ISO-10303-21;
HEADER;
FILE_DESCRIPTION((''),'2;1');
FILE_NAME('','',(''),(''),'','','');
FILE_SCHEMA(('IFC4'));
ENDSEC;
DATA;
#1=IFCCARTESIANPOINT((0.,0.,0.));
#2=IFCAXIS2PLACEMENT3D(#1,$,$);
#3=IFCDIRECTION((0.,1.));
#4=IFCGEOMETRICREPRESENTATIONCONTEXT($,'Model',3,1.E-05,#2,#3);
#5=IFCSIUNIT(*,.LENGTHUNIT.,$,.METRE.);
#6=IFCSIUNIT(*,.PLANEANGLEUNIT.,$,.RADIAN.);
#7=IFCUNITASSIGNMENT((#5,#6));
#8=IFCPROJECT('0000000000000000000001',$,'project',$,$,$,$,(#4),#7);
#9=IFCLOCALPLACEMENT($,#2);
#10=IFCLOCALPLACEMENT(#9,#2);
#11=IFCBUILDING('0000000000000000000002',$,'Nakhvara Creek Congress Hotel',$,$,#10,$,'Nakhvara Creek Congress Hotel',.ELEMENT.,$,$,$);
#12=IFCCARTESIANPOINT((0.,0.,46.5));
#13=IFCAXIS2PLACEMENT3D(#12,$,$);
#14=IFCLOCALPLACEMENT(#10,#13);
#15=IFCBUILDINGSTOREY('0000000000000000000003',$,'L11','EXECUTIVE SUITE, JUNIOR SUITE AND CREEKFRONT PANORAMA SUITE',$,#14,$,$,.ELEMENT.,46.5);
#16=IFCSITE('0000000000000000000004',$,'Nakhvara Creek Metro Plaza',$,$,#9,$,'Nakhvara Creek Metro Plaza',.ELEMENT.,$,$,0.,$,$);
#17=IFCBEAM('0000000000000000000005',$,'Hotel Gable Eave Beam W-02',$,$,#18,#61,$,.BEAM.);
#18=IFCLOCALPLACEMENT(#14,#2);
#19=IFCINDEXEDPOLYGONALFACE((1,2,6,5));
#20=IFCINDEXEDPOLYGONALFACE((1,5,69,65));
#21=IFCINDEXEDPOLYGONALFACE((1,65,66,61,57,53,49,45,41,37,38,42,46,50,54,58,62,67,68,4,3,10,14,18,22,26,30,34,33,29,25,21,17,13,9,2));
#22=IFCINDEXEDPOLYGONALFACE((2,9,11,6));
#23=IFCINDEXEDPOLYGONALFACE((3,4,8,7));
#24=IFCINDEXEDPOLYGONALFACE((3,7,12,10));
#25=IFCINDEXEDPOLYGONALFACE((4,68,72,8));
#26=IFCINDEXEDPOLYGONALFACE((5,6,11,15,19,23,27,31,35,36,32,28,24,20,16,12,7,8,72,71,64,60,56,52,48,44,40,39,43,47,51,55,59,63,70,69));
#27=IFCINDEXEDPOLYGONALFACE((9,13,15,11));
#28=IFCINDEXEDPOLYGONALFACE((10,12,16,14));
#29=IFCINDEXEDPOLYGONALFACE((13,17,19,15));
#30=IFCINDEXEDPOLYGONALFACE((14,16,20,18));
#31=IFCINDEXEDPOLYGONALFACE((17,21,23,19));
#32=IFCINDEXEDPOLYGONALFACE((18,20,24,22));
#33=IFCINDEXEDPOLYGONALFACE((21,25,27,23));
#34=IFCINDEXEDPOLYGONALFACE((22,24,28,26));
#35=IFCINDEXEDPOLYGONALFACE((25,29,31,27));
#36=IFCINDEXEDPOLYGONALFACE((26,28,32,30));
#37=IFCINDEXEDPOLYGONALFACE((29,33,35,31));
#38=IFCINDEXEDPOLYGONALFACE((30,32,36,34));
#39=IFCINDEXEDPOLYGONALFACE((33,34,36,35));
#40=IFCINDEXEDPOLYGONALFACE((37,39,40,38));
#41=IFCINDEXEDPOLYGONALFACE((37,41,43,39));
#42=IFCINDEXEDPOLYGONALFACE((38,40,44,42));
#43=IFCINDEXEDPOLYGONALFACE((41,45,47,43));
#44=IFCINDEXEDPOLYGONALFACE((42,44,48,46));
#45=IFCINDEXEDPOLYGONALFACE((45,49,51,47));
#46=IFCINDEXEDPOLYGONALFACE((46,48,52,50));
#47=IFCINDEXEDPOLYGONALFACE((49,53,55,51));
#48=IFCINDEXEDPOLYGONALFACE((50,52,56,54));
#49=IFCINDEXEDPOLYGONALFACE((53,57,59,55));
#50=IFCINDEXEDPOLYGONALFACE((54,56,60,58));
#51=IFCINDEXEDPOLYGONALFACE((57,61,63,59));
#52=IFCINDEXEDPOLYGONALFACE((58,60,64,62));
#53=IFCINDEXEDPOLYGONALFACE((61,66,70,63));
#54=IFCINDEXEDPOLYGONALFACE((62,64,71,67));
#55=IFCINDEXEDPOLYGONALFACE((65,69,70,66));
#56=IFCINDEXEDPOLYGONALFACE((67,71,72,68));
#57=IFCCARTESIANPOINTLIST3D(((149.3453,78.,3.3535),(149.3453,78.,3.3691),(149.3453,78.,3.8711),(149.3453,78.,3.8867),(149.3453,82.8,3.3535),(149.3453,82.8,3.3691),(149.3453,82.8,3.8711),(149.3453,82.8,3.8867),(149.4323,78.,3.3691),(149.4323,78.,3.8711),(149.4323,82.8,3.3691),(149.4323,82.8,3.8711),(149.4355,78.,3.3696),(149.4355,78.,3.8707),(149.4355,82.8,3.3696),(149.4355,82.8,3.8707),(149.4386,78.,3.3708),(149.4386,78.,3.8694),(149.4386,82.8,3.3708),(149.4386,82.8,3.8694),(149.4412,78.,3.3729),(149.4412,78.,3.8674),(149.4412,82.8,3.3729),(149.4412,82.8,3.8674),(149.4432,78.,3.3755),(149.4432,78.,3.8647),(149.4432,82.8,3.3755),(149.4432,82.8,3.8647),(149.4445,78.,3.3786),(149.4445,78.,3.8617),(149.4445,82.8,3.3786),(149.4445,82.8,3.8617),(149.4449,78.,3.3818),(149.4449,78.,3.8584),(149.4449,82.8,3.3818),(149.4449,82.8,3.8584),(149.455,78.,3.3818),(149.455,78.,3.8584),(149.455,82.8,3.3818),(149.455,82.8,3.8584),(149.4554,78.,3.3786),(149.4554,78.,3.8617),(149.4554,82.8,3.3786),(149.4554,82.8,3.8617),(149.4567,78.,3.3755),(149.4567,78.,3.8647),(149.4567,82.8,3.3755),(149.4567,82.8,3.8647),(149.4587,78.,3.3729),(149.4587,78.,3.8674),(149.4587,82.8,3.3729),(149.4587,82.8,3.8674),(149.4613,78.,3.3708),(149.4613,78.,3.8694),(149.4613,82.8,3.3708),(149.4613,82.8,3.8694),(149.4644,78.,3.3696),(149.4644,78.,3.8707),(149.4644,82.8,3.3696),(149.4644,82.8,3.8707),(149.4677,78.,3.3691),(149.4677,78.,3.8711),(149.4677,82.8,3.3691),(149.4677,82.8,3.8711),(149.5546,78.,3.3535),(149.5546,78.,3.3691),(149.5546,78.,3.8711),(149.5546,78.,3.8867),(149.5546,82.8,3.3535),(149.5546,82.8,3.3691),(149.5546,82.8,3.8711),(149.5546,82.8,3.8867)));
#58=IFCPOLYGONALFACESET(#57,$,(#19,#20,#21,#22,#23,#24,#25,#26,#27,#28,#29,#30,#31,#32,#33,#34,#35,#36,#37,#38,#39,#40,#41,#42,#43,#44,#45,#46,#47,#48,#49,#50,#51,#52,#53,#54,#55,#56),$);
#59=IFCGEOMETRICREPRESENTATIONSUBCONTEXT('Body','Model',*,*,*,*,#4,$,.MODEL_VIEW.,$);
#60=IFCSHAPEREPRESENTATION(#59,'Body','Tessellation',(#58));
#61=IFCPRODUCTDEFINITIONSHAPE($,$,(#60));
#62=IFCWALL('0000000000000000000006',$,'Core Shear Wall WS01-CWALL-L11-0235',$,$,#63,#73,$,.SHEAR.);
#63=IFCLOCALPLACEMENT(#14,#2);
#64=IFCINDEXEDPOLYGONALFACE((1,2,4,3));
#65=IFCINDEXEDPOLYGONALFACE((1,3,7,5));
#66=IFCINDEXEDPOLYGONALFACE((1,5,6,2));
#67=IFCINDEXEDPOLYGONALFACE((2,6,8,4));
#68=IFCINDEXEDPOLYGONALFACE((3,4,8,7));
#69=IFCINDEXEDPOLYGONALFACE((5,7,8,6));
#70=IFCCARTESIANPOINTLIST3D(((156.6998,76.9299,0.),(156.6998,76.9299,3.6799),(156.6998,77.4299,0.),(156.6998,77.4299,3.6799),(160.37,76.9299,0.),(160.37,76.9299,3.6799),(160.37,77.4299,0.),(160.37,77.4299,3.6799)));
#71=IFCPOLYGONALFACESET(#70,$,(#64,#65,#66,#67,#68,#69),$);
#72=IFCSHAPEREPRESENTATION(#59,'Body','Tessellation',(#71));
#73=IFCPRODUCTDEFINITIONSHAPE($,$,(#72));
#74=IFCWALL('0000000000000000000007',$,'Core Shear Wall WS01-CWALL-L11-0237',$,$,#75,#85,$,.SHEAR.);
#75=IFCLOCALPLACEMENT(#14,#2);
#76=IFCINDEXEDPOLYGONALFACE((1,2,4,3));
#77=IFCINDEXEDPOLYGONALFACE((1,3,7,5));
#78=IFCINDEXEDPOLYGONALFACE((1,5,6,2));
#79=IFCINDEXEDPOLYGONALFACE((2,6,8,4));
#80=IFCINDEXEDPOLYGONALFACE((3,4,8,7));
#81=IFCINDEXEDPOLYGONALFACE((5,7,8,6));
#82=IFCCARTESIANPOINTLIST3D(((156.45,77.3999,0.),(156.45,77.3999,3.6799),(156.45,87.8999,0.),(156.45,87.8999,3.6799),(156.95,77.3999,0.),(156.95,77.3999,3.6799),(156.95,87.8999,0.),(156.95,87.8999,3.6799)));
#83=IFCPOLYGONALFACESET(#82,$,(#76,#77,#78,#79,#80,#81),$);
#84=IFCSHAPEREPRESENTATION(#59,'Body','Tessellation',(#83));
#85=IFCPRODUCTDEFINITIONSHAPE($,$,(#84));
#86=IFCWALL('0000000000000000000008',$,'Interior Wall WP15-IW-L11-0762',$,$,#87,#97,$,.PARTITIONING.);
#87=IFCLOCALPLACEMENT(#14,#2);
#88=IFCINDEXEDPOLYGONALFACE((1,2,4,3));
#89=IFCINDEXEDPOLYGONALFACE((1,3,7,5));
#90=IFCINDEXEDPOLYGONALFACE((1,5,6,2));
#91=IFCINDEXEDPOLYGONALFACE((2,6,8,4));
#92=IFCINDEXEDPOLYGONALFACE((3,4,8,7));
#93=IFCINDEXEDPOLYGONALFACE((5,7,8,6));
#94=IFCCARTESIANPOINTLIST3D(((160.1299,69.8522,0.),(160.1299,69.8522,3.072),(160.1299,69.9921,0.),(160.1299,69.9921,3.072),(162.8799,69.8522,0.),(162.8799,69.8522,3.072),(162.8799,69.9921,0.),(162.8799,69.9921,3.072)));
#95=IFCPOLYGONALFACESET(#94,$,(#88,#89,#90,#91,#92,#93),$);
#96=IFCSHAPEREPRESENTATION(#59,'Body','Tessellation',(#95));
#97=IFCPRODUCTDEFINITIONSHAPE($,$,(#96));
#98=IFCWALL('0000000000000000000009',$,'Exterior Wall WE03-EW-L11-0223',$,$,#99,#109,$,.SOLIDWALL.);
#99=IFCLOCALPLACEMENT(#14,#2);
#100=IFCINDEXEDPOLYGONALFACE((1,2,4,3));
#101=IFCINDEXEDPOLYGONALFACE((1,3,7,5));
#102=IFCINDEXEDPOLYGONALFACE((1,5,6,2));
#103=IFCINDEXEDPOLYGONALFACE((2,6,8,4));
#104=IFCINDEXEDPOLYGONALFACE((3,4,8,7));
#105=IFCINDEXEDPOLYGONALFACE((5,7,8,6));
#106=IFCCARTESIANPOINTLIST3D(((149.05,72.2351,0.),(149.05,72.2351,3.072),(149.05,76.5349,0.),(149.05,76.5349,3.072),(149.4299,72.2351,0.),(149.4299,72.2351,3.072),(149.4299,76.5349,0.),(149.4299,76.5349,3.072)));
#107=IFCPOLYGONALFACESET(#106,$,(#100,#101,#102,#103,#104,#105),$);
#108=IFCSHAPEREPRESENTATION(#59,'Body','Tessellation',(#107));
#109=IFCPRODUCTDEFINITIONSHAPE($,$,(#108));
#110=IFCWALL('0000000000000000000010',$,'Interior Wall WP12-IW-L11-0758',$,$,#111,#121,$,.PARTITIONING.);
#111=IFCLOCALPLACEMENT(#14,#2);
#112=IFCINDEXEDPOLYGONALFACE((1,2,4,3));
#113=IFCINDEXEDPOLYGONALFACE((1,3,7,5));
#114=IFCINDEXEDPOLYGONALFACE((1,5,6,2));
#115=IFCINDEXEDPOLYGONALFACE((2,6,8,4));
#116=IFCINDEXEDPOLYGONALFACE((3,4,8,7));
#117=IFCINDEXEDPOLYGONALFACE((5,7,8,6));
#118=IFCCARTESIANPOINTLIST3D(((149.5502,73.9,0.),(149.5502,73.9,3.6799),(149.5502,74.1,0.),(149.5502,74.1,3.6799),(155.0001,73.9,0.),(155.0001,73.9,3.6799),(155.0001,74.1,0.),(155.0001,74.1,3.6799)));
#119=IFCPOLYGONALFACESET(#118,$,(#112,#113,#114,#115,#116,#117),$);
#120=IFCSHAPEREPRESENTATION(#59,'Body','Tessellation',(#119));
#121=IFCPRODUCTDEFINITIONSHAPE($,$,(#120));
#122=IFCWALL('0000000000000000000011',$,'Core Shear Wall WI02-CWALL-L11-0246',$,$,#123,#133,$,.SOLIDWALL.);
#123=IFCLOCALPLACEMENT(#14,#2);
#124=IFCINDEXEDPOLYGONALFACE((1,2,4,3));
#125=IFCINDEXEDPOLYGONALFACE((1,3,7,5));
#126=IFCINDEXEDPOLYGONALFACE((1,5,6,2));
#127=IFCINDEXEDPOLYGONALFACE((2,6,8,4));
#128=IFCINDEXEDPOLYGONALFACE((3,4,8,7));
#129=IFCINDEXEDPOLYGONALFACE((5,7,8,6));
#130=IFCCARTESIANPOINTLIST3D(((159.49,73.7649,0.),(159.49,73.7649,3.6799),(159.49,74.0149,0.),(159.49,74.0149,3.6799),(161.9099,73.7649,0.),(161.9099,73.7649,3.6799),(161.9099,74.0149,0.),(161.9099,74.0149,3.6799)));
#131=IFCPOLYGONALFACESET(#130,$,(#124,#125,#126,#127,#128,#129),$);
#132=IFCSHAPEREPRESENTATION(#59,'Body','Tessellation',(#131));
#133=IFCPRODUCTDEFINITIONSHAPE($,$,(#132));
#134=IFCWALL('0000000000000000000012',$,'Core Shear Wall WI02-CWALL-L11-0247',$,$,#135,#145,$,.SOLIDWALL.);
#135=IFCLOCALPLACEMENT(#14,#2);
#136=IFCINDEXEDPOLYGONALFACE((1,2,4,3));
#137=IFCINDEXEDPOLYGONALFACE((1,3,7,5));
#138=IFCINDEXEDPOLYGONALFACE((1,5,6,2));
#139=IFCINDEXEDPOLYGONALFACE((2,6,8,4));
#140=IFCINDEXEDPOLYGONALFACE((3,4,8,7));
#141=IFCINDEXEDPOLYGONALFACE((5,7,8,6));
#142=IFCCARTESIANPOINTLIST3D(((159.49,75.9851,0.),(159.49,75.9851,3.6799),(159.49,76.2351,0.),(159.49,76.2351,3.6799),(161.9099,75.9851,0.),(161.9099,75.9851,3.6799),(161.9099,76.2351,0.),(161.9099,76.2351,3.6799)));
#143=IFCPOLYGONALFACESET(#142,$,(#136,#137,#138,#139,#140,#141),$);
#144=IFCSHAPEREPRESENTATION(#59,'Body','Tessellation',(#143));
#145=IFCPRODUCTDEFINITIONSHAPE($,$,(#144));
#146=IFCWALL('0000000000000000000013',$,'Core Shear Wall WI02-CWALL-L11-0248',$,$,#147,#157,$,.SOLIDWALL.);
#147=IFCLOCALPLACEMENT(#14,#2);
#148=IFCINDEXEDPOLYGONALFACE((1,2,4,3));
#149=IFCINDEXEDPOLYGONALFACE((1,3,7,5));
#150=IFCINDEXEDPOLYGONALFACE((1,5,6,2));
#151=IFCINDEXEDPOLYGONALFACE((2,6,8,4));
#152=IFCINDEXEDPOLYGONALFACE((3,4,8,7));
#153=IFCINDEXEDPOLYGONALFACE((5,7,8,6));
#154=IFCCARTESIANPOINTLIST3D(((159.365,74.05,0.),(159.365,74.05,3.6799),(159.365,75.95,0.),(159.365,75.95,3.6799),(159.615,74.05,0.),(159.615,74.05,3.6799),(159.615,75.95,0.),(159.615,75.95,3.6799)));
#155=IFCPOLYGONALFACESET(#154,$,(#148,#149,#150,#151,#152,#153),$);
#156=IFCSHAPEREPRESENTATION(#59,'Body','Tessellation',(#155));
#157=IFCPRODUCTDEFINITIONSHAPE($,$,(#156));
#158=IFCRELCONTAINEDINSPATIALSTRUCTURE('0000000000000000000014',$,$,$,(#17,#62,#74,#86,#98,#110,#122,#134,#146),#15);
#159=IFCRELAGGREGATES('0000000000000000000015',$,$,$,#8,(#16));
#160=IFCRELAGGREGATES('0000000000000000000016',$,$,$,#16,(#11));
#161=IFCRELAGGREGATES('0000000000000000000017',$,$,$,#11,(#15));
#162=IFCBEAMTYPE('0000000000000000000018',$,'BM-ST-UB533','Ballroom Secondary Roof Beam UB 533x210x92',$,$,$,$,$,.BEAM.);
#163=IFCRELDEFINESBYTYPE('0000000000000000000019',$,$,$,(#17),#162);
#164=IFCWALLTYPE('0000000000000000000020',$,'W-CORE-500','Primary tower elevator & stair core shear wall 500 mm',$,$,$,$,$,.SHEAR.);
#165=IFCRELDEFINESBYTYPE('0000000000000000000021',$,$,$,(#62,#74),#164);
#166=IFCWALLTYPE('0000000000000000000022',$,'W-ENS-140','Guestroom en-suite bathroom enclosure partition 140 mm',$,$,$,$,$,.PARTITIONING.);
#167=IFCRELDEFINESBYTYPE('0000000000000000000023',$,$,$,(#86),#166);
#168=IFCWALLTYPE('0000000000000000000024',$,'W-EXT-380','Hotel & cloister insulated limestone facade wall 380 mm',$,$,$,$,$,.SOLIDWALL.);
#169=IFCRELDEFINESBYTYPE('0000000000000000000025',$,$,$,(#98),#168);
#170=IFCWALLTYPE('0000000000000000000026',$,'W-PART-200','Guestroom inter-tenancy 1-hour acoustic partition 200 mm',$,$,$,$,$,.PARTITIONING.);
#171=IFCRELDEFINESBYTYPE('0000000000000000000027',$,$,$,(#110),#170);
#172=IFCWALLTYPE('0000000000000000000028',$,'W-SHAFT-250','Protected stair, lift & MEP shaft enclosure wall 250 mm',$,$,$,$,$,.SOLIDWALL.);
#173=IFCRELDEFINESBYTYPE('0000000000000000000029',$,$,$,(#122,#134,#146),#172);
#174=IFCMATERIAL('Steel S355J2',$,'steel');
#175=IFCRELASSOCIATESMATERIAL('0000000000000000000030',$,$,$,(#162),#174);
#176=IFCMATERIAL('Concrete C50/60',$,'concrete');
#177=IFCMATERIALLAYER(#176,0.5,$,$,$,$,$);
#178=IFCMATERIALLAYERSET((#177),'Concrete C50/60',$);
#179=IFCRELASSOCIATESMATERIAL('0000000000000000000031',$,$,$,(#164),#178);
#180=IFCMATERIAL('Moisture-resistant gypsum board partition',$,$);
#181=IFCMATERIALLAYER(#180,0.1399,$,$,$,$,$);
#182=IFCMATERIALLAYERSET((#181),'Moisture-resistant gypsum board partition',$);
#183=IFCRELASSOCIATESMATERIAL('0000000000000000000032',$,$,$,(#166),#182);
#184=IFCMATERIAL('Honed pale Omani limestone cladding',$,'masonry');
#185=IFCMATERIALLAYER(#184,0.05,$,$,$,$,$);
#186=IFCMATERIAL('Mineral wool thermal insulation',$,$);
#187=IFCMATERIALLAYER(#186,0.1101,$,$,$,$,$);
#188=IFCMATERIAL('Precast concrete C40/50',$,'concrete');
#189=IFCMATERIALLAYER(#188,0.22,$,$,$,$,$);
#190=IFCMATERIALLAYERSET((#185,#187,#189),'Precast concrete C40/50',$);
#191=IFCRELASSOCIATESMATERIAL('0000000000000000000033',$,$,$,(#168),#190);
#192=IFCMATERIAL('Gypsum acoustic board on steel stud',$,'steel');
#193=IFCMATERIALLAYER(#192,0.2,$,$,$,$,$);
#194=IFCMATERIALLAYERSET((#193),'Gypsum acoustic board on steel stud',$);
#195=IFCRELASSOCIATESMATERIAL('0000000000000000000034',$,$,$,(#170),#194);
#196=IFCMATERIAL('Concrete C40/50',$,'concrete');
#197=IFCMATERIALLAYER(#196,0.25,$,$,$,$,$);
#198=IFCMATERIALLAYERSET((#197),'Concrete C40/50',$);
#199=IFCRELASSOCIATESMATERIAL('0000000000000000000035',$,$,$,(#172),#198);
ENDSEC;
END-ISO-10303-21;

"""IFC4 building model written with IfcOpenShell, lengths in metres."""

from ifc_helpers import new_model, si_unit, direction, frame, frame_2d, origin, origin_2d, place, context, subcontext, project, spatial, rectangle, i_section, extrude, material, layer, layer_set, material_profile, profile_set, type_object, element, save


model = new_model("IFC4")

# Units and contexts
model_context = context("Model", 3, precision=1e-05, world=origin(), true_north=direction((0.0, 1.0)))
body_context = subcontext(model_context, "Body", "Model", "MODEL_VIEW")
ifc_project = project(units=[si_unit("LENGTHUNIT", "METRE"), si_unit("PLANEANGLEUNIT", "RADIAN")], contexts=[model_context])

# Site, building, storey
site_placement = place(None, origin())
site = spatial("IfcSite", under=ifc_project, at=site_placement, Name="Nakhvara Creek Metro Plaza", LongName="Nakhvara Creek Metro Plaza", CompositionType="ELEMENT", RefElevation=0.0)
building_placement = place(site_placement, origin())
building = spatial("IfcBuilding", under=site, at=building_placement, Name="Nakhvara Creek Congress Hotel", LongName="Nakhvara Creek Congress Hotel", CompositionType="ELEMENT")
storey_placement = place(building_placement, frame((0.0, 0.0, 46.5)))
storey = spatial("IfcBuildingStorey", under=building, at=storey_placement, Name="L11", Description="EXECUTIVE SUITE, JUNIOR SUITE AND CREEKFRONT PANORAMA SUITE", CompositionType="ELEMENT", Elevation=46.5)

# Shared definitions
ifc_material_1 = material(Name="Concrete C50/60", Category="concrete")

# Beam
ifc_material_2 = material(Name="Concrete C40/50", Category="concrete")
ifc_material_3 = material(Name="Steel S355J2", Category="steel")
ifc_material_profile_1 = material_profile(ifc_material_3, i_section(OverallWidth=0.2092, OverallDepth=0.5332, WebThickness=0.01, FlangeThickness=0.0156, FilletRadius=0.0127, at=origin_2d()), Name="UB 533x210x92", Category="LoadBearing")
ifc_profile_set_1 = profile_set([ifc_material_profile_1], Name="Steel S355J2")
beam_type_1 = type_object("IfcBeamType", Name="BM-ST-UB533", Description="Ballroom Secondary Roof Beam UB 533x210x92", PredefinedType="BEAM", material=ifc_profile_set_1)
beam_1_placement = place(storey_placement, frame((149.45, 78.0, 3.6201), z_axis=(0.0, 1.0, 0.0), x_axis=(-1.0, 0.0, 0.0)))
element("IfcBeam", 1, at=beam_1_placement, inside=storey, type_object=beam_type_1, Name="Hotel Gable Eave Beam W-02", PredefinedType="BEAM", context=body_context, shape_type="SweptSolid", body=[
    extrude(i_section(OverallWidth=0.2092, OverallDepth=0.5332, WebThickness=0.01, FlangeThickness=0.0156, FilletRadius=0.0127, at=origin_2d()), origin(), (0.0, 0.0, 1.0), 4.8),
])

# Walls
ifc_layer_1 = layer(ifc_material_1, 0.5)
ifc_layer_set_1 = layer_set([ifc_layer_1], Name="Concrete C50/60")
wall_type_1 = type_object("IfcWallType", Name="W-CORE-500", Description="Primary tower elevator & stair core shear wall 500 mm", PredefinedType="SHEAR", material=ifc_layer_set_1)
wall_1_placement = place(storey_placement, frame((156.7, 77.1799, 0.0), z_axis=(0.0, 0.0, 1.0), x_axis=(1.0, 0.0, 0.0)))
element("IfcWall", 2, at=wall_1_placement, inside=storey, type_object=wall_type_1, Name="Core Shear Wall WS01-CWALL-L11-0235", PredefinedType="SHEAR", context=body_context, shape_type="SweptSolid", body=[
    extrude(rectangle(XDim=3.6702, YDim=0.5, at=frame_2d((1.835, 0.0))), origin(), (0.0, 0.0, 1.0), 3.6799),
])
wall_2_placement = place(storey_placement, frame((156.7, 77.3999, 0.0), z_axis=(0.0, 0.0, 1.0), x_axis=(0.0, 1.0, 0.0)))
element("IfcWall", 3, at=wall_2_placement, inside=storey, type_object=wall_type_1, Name="Core Shear Wall WS01-CWALL-L11-0237", PredefinedType="SHEAR", context=body_context, shape_type="SweptSolid", body=[
    extrude(rectangle(XDim=10.5, YDim=0.5, at=frame_2d((5.25, 0.0))), origin(), (0.0, 0.0, 1.0), 3.6799),
])

# Shared definitions
ifc_material_4 = material(Name="Moisture-resistant gypsum board partition")
ifc_layer_2 = layer(ifc_material_4, 0.1399)
ifc_layer_set_2 = layer_set([ifc_layer_2], Name="Moisture-resistant gypsum board partition")
wall_type_2 = type_object("IfcWallType", Name="W-ENS-140", Description="Guestroom en-suite bathroom enclosure partition 140 mm", PredefinedType="PARTITIONING", material=ifc_layer_set_2)

# Walls
wall_3_placement = place(storey_placement, frame((160.1299, 69.9221, 0.0), z_axis=(0.0, 0.0, 1.0), x_axis=(1.0, 0.0, 0.0)))
element("IfcWall", 4, at=wall_3_placement, inside=storey, type_object=wall_type_2, Name="Interior Wall WP15-IW-L11-0762", PredefinedType="PARTITIONING", context=body_context, shape_type="SweptSolid", body=[
    extrude(rectangle(XDim=2.75, YDim=0.1399, at=frame_2d((1.375, 0.0))), origin(), (0.0, 0.0, 1.0), 3.072),
])
ifc_material_5 = material(Name="Honed pale Omani limestone cladding", Category="masonry")
ifc_layer_3 = layer(ifc_material_5, 0.05)
ifc_material_6 = material(Name="Mineral wool thermal insulation")
ifc_layer_4 = layer(ifc_material_6, 0.1101)
ifc_material_7 = material(Name="Precast concrete C40/50", Category="concrete")
ifc_layer_5 = layer(ifc_material_7, 0.22)
ifc_layer_set_3 = layer_set([ifc_layer_3, ifc_layer_4, ifc_layer_5], Name="Precast concrete C40/50")
wall_type_3 = type_object("IfcWallType", Name="W-EXT-380", Description="Hotel & cloister insulated limestone facade wall 380 mm", PredefinedType="SOLIDWALL", material=ifc_layer_set_3)
wall_4_placement = place(storey_placement, frame((149.24, 72.2351, 0.0), z_axis=(0.0, 0.0, 1.0), x_axis=(0.0, 1.0, 0.0)))
element("IfcWall", 5, at=wall_4_placement, inside=storey, type_object=wall_type_3, Name="Exterior Wall WE03-EW-L11-0223", PredefinedType="SOLIDWALL", context=body_context, shape_type="SweptSolid", body=[
    extrude(rectangle(XDim=4.2998, YDim=0.3799, at=frame_2d((2.1499, 0.0))), origin(), (0.0, 0.0, 1.0), 3.072),
])
ifc_material_8 = material(Name="Gypsum acoustic board on steel stud", Category="steel")
ifc_layer_6 = layer(ifc_material_8, 0.2)
ifc_layer_set_4 = layer_set([ifc_layer_6], Name="Gypsum acoustic board on steel stud")
wall_type_4 = type_object("IfcWallType", Name="W-PART-200", Description="Guestroom inter-tenancy 1-hour acoustic partition 200 mm", PredefinedType="PARTITIONING", material=ifc_layer_set_4)
wall_5_placement = place(storey_placement, frame((149.55, 74.0, 0.0), z_axis=(0.0, 0.0, 1.0), x_axis=(1.0, 0.0, 0.0)))
element("IfcWall", 6, at=wall_5_placement, inside=storey, type_object=wall_type_4, Name="Interior Wall WP12-IW-L11-0758", PredefinedType="PARTITIONING", context=body_context, shape_type="SweptSolid", body=[
    extrude(rectangle(XDim=5.45, YDim=0.2, at=frame_2d((2.7251, 0.0))), origin(), (0.0, 0.0, 1.0), 3.6799),
])
ifc_layer_7 = layer(ifc_material_2, 0.25)
ifc_layer_set_5 = layer_set([ifc_layer_7], Name="Concrete C40/50")
wall_type_5 = type_object("IfcWallType", Name="W-SHAFT-250", Description="Protected stair, lift & MEP shaft enclosure wall 250 mm", PredefinedType="SOLIDWALL", material=ifc_layer_set_5)
for number, where, z_axis, x_axis, name in (
    (7, (159.49, 73.8899, 0.0), (0.0, 0.0, 1.0), (1.0, 0.0, 0.0), "Core Shear Wall WI02-CWALL-L11-0246"),
    (8, (159.49, 76.1101, 0.0), (0.0, 0.0, 1.0), (1.0, 0.0, 0.0), "Core Shear Wall WI02-CWALL-L11-0247"),
):
    element("IfcWall", number, at=place(storey_placement, frame(where, z_axis=z_axis, x_axis=x_axis)), inside=storey, type_object=wall_type_5, Name=name, PredefinedType="SOLIDWALL", context=body_context, shape_type="SweptSolid", body=[
        extrude(rectangle(XDim=2.4199, YDim=0.25, at=frame_2d((1.21, 0.0))), origin(), (0.0, 0.0, 1.0), 3.6799),
    ])
wall_6_placement = place(storey_placement, frame((159.49, 74.05, 0.0), z_axis=(0.0, 0.0, 1.0), x_axis=(0.0, 1.0, 0.0)))
element("IfcWall", 9, at=wall_6_placement, inside=storey, type_object=wall_type_5, Name="Core Shear Wall WI02-CWALL-L11-0248", PredefinedType="SOLIDWALL", context=body_context, shape_type="SweptSolid", body=[
    extrude(rectangle(XDim=1.8999, YDim=0.25, at=frame_2d((0.95, 0.0))), origin(), (0.0, 0.0, 1.0), 3.6799),
])

save(model, "model.ifc")
